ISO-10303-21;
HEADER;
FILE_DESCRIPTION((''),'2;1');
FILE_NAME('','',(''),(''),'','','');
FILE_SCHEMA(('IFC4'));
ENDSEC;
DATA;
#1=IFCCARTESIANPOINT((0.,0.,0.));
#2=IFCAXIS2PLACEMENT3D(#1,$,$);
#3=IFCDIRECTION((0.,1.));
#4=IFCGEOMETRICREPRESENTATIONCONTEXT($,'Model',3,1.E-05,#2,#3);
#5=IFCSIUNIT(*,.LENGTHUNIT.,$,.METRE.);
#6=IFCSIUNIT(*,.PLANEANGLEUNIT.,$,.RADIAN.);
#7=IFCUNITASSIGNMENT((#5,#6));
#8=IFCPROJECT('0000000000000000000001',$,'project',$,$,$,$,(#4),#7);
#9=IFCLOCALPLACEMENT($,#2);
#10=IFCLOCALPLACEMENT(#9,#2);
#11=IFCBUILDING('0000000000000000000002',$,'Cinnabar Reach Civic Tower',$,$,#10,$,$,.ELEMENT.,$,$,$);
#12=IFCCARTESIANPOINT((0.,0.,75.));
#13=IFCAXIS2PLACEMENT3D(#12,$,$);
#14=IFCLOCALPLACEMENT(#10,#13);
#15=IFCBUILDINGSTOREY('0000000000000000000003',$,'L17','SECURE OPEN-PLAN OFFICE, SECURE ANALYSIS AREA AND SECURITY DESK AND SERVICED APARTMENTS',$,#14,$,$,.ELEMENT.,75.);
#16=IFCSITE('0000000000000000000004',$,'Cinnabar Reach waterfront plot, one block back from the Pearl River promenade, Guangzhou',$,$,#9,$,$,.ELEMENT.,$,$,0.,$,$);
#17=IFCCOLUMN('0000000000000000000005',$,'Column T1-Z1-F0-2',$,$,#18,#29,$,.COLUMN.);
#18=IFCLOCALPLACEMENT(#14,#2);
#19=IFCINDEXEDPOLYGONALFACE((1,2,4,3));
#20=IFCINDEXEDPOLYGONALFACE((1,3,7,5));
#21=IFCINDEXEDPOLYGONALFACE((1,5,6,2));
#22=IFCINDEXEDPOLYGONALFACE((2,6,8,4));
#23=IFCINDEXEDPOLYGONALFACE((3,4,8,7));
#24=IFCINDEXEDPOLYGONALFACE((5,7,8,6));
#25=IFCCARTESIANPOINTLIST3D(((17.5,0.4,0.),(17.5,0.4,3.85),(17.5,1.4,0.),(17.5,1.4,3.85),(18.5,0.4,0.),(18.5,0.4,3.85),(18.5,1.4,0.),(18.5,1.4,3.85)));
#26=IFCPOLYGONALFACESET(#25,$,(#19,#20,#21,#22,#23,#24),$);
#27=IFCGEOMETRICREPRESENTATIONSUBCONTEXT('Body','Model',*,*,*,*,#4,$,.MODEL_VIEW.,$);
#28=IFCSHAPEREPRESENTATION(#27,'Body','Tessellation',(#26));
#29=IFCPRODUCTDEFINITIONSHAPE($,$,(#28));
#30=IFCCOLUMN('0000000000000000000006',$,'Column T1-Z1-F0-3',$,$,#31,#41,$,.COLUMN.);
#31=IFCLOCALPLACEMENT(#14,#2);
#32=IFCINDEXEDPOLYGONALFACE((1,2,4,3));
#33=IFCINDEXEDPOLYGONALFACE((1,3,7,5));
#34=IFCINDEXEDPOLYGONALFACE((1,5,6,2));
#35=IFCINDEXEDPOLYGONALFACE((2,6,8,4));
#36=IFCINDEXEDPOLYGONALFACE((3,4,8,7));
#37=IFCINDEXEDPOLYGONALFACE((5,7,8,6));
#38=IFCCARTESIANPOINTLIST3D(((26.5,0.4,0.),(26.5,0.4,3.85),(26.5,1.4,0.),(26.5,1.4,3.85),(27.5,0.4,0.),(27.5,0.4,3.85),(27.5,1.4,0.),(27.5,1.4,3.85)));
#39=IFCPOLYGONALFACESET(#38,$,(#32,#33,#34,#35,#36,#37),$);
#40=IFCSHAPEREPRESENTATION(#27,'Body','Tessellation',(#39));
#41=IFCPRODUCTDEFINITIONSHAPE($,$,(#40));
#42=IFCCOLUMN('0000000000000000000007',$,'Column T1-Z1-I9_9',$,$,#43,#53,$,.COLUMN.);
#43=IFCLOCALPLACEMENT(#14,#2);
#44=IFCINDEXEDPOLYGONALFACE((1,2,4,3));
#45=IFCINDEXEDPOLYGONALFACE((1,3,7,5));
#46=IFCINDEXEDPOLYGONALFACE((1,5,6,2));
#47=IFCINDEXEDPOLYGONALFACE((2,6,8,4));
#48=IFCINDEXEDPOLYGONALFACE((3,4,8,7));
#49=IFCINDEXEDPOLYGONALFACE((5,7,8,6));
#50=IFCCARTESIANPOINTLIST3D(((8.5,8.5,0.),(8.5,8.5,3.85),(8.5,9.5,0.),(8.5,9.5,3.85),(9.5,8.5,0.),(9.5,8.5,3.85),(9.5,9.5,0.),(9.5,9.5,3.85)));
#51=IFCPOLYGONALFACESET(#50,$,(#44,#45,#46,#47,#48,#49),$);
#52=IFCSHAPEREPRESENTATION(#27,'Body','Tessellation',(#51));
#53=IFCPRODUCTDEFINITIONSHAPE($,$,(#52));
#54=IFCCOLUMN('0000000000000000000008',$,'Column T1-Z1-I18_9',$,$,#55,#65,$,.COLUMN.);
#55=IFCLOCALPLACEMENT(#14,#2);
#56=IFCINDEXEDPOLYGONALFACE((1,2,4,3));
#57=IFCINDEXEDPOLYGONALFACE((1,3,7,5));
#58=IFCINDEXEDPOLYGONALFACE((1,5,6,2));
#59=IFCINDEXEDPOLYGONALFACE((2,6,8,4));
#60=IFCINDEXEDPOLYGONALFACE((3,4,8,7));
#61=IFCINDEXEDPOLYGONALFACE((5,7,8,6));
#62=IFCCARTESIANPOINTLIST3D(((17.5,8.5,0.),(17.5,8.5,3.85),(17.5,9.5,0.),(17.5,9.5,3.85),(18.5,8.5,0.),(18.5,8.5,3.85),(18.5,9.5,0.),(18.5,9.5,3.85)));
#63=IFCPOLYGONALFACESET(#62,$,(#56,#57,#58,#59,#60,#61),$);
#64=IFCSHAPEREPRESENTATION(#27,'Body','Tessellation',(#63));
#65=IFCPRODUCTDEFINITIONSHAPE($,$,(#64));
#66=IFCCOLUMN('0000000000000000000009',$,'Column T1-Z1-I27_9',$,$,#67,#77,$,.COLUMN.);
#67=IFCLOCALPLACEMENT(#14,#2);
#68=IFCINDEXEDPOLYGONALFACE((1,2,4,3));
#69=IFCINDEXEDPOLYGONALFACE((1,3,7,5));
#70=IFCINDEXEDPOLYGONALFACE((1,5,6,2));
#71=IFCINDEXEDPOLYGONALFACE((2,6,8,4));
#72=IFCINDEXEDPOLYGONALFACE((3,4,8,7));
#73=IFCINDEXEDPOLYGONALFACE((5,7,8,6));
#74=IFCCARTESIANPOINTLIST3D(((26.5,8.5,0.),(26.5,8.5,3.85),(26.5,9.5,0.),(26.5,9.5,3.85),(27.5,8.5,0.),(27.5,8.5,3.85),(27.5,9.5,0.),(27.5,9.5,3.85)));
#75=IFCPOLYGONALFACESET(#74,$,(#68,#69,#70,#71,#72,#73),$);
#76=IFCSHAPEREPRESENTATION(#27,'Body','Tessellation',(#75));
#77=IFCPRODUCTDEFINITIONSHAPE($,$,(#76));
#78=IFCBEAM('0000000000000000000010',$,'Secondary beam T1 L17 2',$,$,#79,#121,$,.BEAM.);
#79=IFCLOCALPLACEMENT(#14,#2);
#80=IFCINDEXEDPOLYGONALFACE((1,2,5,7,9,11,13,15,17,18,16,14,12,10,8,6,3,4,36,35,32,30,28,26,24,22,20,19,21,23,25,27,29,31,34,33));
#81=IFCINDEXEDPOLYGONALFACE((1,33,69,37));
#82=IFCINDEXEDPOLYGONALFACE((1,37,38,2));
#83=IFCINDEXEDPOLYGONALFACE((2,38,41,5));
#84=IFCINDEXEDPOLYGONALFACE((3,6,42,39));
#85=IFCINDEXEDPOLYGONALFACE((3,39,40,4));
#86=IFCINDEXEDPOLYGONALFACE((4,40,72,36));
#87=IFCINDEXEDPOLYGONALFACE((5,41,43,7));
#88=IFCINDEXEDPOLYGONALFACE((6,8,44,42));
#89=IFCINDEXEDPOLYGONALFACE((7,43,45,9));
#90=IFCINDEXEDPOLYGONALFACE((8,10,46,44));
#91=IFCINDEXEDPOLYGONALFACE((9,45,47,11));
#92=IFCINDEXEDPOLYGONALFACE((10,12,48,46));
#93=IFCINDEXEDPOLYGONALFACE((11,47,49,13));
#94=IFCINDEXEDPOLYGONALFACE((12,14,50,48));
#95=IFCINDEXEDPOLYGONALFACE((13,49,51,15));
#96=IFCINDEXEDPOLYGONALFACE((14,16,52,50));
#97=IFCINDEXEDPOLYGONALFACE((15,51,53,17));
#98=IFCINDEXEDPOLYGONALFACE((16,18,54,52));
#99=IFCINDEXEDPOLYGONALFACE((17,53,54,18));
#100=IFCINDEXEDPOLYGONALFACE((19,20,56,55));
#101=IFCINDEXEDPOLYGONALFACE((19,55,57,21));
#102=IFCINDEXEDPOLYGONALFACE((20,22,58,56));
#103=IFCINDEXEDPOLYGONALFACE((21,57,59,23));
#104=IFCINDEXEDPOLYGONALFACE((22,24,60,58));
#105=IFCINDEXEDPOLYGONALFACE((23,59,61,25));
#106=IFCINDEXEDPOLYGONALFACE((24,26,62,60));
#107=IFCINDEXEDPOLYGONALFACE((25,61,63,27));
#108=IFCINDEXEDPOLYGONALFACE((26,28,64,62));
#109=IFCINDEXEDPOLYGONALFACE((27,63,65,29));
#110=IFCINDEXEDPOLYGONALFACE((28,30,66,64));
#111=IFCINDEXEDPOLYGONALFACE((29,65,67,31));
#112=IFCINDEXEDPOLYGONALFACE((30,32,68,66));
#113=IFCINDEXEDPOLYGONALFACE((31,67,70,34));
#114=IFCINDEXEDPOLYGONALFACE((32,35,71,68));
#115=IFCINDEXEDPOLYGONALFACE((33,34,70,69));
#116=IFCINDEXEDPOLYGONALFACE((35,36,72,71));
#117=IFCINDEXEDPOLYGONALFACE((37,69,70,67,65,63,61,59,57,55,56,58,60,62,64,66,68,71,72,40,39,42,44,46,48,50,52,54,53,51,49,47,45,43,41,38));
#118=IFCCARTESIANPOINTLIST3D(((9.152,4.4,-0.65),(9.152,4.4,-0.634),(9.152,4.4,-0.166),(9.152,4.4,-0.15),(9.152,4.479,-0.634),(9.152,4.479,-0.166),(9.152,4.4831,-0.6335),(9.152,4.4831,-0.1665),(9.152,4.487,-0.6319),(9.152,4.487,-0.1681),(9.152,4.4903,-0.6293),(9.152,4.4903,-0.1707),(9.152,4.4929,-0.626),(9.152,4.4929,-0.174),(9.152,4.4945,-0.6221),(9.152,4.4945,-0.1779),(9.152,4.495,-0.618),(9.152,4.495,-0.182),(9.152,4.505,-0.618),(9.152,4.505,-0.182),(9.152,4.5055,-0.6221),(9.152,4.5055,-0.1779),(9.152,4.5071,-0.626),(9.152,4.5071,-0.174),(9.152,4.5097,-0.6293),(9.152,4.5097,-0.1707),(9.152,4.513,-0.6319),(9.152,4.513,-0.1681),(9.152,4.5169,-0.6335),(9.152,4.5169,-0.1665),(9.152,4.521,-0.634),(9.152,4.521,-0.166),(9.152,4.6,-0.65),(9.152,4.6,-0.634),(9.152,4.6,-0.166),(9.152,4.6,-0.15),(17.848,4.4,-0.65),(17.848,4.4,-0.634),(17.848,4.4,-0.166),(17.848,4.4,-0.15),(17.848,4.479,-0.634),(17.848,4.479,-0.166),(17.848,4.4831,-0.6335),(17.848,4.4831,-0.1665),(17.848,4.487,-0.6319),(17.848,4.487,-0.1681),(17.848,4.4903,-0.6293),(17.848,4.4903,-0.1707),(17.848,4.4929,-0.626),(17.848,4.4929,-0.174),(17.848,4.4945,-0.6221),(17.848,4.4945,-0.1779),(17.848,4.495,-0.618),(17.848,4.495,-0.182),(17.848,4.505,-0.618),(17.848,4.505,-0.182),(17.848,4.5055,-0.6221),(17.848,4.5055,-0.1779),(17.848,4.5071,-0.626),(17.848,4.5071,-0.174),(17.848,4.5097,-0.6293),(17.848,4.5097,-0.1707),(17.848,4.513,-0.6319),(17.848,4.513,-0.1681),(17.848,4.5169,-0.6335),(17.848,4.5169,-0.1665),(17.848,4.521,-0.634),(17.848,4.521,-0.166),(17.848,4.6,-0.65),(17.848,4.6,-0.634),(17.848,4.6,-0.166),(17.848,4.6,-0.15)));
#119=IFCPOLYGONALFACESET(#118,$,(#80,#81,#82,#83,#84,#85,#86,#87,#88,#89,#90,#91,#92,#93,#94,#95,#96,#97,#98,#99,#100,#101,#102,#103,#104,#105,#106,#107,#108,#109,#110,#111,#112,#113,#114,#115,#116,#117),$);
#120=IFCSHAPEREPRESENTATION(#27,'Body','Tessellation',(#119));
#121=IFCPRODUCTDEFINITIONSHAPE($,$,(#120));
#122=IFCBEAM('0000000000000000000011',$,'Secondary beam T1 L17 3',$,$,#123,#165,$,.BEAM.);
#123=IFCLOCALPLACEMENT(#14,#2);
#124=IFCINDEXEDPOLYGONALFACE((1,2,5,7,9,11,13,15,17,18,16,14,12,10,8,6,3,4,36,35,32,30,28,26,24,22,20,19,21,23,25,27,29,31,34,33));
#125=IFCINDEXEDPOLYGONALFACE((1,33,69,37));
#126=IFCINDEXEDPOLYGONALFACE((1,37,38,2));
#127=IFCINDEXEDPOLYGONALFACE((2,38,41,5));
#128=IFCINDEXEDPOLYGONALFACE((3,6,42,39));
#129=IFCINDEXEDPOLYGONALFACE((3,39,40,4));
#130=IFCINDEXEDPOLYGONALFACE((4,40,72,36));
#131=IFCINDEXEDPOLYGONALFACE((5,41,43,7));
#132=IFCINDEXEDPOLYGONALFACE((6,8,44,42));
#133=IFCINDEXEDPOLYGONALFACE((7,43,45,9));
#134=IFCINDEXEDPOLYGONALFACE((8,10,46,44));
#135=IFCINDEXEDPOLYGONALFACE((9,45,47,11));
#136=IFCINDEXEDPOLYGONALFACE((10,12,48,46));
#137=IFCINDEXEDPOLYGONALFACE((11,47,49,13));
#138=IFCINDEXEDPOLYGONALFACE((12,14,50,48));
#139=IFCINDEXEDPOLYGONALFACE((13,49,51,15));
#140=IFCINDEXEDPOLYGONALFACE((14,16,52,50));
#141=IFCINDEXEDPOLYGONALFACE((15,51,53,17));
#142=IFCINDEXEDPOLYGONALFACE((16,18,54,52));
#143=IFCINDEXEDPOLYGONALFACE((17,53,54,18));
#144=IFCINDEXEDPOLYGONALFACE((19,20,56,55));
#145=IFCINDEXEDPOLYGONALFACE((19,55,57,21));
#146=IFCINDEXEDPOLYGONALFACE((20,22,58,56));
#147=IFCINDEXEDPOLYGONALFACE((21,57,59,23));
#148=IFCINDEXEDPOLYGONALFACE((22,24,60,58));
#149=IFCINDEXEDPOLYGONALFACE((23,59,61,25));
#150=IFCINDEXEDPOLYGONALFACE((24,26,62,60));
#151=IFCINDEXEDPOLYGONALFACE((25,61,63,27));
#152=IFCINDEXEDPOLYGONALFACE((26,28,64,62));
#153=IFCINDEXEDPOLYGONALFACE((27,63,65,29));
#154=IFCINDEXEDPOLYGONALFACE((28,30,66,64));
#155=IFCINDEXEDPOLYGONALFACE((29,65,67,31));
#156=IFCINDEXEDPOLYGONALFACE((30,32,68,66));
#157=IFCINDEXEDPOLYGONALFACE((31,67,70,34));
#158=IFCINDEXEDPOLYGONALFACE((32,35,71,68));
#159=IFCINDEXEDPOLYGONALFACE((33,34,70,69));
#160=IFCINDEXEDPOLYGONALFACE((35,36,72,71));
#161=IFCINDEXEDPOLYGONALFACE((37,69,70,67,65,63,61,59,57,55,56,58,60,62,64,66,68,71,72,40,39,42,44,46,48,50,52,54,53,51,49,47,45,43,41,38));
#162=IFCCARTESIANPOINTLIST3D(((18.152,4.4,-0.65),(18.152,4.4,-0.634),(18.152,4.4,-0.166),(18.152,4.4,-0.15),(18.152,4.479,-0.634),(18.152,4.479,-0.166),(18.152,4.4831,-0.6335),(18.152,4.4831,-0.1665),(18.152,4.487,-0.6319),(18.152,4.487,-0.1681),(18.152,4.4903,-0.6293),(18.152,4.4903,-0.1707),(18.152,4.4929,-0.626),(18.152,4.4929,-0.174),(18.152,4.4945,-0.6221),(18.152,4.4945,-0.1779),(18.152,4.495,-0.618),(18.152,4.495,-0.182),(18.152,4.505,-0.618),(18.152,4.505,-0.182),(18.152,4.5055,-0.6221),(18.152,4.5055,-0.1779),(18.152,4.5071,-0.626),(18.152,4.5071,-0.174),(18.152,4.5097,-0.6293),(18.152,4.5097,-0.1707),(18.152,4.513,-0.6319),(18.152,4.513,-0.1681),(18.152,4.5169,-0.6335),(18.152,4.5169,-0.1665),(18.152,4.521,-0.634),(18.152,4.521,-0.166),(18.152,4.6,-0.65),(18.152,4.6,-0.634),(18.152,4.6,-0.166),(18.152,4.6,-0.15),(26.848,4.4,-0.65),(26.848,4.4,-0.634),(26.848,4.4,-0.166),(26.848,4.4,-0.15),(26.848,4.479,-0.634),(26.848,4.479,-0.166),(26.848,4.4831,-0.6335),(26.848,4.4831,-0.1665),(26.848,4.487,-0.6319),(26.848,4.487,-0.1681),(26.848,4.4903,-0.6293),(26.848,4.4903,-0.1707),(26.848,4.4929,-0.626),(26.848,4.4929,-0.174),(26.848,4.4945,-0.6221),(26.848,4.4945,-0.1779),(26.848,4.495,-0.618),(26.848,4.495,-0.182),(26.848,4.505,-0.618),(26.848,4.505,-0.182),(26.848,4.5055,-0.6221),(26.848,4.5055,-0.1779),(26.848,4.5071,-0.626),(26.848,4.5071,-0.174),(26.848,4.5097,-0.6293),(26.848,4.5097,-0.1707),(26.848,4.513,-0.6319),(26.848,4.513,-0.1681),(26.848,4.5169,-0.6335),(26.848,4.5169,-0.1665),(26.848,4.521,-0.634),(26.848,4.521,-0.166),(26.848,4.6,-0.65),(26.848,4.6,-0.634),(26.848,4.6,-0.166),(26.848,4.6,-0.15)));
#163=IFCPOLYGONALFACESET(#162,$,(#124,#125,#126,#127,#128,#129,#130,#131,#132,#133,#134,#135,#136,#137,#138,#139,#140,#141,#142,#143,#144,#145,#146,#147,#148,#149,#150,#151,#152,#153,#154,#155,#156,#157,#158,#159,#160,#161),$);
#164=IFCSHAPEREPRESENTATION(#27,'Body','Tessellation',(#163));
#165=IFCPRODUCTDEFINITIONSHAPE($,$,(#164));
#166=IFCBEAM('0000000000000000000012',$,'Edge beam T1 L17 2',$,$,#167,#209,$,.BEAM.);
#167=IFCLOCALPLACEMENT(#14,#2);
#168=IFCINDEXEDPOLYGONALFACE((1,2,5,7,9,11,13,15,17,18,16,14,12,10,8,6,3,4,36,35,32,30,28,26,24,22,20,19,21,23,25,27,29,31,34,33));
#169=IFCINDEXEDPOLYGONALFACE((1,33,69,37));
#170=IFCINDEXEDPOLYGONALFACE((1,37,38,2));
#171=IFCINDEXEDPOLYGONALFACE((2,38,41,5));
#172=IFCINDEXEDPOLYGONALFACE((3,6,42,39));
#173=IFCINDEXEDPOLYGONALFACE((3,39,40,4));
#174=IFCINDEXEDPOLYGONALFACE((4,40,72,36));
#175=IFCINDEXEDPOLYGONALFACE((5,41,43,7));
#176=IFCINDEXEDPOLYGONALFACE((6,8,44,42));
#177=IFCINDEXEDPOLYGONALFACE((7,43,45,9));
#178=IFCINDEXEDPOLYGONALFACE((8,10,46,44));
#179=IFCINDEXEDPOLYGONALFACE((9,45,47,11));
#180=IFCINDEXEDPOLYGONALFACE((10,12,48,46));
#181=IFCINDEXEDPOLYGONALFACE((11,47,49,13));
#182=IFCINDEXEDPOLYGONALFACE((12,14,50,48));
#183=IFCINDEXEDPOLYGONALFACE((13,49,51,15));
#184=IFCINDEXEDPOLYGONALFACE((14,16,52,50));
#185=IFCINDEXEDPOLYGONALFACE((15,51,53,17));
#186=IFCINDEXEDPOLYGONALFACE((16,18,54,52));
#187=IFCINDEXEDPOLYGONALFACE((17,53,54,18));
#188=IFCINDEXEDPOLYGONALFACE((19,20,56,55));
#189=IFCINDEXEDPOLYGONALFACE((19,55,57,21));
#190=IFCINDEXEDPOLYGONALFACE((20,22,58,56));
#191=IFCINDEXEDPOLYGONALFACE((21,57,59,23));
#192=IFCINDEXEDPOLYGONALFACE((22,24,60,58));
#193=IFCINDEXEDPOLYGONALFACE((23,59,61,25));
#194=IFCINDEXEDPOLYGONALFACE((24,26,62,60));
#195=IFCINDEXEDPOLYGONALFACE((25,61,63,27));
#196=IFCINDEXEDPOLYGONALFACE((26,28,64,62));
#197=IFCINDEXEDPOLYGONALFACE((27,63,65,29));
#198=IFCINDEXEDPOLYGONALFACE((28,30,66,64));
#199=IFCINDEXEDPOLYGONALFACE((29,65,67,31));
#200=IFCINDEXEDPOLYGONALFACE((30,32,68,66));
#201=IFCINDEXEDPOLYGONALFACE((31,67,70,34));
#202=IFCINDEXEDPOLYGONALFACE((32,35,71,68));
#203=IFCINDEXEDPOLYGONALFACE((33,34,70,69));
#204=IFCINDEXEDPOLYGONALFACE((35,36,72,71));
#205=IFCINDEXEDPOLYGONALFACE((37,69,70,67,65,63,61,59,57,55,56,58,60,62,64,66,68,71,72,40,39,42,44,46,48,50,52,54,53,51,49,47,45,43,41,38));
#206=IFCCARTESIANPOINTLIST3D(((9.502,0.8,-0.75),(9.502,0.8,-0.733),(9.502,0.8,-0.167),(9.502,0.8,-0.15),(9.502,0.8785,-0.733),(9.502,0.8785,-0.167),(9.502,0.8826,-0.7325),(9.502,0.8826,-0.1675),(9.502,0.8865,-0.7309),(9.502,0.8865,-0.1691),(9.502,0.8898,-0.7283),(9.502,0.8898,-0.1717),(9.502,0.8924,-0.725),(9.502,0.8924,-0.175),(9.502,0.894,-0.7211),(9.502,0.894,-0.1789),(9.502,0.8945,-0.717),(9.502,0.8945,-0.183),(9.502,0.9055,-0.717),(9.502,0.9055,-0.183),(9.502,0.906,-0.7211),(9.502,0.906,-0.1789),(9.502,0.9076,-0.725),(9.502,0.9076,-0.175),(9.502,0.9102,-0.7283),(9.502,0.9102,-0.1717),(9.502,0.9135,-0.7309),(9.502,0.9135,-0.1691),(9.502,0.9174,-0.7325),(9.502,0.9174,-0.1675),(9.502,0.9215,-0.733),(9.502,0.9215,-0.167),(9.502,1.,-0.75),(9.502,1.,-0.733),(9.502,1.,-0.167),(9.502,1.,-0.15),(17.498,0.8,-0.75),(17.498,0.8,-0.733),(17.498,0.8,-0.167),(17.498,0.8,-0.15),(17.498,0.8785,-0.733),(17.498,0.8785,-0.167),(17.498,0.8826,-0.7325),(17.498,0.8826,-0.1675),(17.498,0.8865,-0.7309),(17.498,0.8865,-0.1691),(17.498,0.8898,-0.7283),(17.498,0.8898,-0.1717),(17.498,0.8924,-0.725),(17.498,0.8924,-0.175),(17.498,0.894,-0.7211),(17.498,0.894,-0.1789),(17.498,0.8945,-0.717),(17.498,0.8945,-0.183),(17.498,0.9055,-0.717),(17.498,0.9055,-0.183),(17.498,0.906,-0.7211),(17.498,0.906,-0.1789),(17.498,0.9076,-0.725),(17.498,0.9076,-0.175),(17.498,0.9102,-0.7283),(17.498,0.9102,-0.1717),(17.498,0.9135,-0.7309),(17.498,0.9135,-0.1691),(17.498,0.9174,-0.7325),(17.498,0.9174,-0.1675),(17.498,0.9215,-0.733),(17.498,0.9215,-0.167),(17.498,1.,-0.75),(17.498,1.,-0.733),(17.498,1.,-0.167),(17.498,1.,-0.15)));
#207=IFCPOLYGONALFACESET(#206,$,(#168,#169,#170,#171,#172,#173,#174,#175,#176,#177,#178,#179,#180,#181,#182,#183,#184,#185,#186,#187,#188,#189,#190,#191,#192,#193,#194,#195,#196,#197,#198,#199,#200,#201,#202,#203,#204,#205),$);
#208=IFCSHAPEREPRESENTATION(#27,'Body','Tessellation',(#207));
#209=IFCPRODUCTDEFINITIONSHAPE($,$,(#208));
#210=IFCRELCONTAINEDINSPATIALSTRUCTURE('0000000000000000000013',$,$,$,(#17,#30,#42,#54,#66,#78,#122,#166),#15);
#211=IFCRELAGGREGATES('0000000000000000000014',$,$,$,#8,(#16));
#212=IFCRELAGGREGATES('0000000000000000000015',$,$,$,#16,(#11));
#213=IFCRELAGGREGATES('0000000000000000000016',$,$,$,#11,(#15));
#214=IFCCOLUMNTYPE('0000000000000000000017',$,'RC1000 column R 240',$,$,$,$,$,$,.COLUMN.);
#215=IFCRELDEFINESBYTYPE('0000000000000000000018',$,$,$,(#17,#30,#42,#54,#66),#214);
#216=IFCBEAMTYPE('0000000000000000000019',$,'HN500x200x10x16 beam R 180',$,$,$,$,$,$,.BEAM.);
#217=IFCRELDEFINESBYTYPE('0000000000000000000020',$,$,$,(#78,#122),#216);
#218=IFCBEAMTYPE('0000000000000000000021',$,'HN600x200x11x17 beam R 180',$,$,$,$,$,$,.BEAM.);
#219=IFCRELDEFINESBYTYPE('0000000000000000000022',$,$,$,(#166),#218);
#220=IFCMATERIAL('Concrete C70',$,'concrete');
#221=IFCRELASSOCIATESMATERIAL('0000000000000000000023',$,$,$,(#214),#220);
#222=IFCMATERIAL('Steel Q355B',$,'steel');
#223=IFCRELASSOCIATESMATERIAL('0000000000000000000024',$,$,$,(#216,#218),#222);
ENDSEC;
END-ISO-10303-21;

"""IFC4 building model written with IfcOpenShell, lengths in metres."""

from ifc_helpers import new_model, si_unit, direction, frame, origin, origin_2d, place, context, subcontext, project, spatial, rectangle, i_section, extrude, material, material_profile, profile_set, type_object, element, save


model = new_model("IFC4")

# Units and contexts
model_context = context("Model", 3, precision=1e-05, world=origin(), true_north=direction((0.0, 1.0)))
body_context = subcontext(model_context, "Body", "Model", "MODEL_VIEW")
ifc_project = project(units=[si_unit("LENGTHUNIT", "METRE"), si_unit("PLANEANGLEUNIT", "RADIAN")], contexts=[model_context])

# Site, building, storey
site_placement = place(None, origin())
site = spatial("IfcSite", under=ifc_project, at=site_placement, Name="Cinnabar Reach waterfront plot, one block back from the Pearl River promenade, Guangzhou", CompositionType="ELEMENT", RefElevation=0.0)
building_placement = place(site_placement, origin())
building = spatial("IfcBuilding", under=site, at=building_placement, Name="Cinnabar Reach Civic Tower", CompositionType="ELEMENT")
storey_placement = place(building_placement, frame((0.0, 0.0, 75.0)))
storey = spatial("IfcBuildingStorey", under=building, at=storey_placement, Name="L17", Description="SECURE OPEN-PLAN OFFICE, SECURE ANALYSIS AREA AND SECURITY DESK AND SERVICED APARTMENTS", CompositionType="ELEMENT", Elevation=75.0)

# Columns
ifc_material_1 = material(Name="Concrete C70", Category="concrete")
ifc_material_profile_1 = material_profile(ifc_material_1, rectangle(XDim=1.0, YDim=1.0, at=origin_2d()), Name="RC1000")
ifc_profile_set_1 = profile_set([ifc_material_profile_1], Name="Concrete C70")
column_type = type_object("IfcColumnType", Name="RC1000 column R 240", PredefinedType="COLUMN", material=ifc_profile_set_1)
for number, where, z_axis, x_axis, name in (
    (1, (18.0, 0.9, 0.0), (0.0, 0.0, 1.0), (1.0, 0.0, 0.0), "Column T1-Z1-F0-2"),
    (2, (27.0, 0.9, 0.0), (0.0, 0.0, 1.0), (1.0, 0.0, 0.0), "Column T1-Z1-F0-3"),
    (3, (9.0, 9.0, 0.0), (0.0, 0.0, 1.0), (1.0, 0.0, 0.0), "Column T1-Z1-I9_9"),
    (4, (18.0, 9.0, 0.0), (0.0, 0.0, 1.0), (1.0, 0.0, 0.0), "Column T1-Z1-I18_9"),
    (5, (27.0, 9.0, 0.0), (0.0, 0.0, 1.0), (1.0, 0.0, 0.0), "Column T1-Z1-I27_9"),
):
    element("IfcColumn", number, at=place(storey_placement, frame(where, z_axis=z_axis, x_axis=x_axis)), inside=storey, type_object=column_type, Name=name, PredefinedType="COLUMN", context=body_context, shape_type="SweptSolid", body=[
        extrude(rectangle(XDim=1.0, YDim=1.0, at=origin_2d()), origin(), (0.0, 0.0, 1.0), 3.85),
    ])

# Beams
ifc_material_2 = material(Name="Steel Q355B", Category="steel")
ifc_material_profile_2 = material_profile(ifc_material_2, i_section(OverallWidth=0.2, OverallDepth=0.5, WebThickness=0.01, FlangeThickness=0.016, FilletRadius=0.016, at=origin_2d()), Name="HN500x200x10x16")
ifc_profile_set_2 = profile_set([ifc_material_profile_2], Name="Steel Q355B")
beam_type_1 = type_object("IfcBeamType", Name="HN500x200x10x16 beam R 180", PredefinedType="BEAM", material=ifc_profile_set_2)
for number, where, z_axis, x_axis, name in (
    (6, (9.152, 4.5, -0.4), (1.0, 0.0, 0.0), (0.0, 1.0, 0.0), "Secondary beam T1 L17 2"),
    (7, (18.152, 4.5, -0.4), (1.0, 0.0, 0.0), (0.0, 1.0, 0.0), "Secondary beam T1 L17 3"),
):
    element("IfcBeam", number, at=place(storey_placement, frame(where, z_axis=z_axis, x_axis=x_axis)), inside=storey, type_object=beam_type_1, Name=name, PredefinedType="BEAM", context=body_context, shape_type="SweptSolid", body=[
        extrude(i_section(OverallWidth=0.2, OverallDepth=0.5, WebThickness=0.01, FlangeThickness=0.016, FilletRadius=0.016, at=origin_2d()), origin(), (0.0, 0.0, 1.0), 8.696),
    ])
ifc_material_profile_3 = material_profile(ifc_material_2, i_section(OverallWidth=0.2, OverallDepth=0.6, WebThickness=0.011, FlangeThickness=0.017, FilletRadius=0.016, at=origin_2d()), Name="HN600x200x11x17")
ifc_profile_set_3 = profile_set([ifc_material_profile_3], Name="Steel Q355B")
beam_type_2 = type_object("IfcBeamType", Name="HN600x200x11x17 beam R 180", PredefinedType="BEAM", material=ifc_profile_set_3)
for number, where, z_axis, x_axis, name in (
    (8, (9.502, 0.9, -0.45), (1.0, 0.0, 0.0), (0.0, 1.0, 0.0), "Edge beam T1 L17 2"),
):
    element("IfcBeam", number, at=place(storey_placement, frame(where, z_axis=z_axis, x_axis=x_axis)), inside=storey, type_object=beam_type_2, Name=name, PredefinedType="BEAM", context=body_context, shape_type="SweptSolid", body=[
        extrude(i_section(OverallWidth=0.2, OverallDepth=0.6, WebThickness=0.011, FlangeThickness=0.017, FilletRadius=0.016, at=origin_2d()), origin(), (0.0, 0.0, 1.0), 7.996),
    ])

save(model, "model.ifc")
